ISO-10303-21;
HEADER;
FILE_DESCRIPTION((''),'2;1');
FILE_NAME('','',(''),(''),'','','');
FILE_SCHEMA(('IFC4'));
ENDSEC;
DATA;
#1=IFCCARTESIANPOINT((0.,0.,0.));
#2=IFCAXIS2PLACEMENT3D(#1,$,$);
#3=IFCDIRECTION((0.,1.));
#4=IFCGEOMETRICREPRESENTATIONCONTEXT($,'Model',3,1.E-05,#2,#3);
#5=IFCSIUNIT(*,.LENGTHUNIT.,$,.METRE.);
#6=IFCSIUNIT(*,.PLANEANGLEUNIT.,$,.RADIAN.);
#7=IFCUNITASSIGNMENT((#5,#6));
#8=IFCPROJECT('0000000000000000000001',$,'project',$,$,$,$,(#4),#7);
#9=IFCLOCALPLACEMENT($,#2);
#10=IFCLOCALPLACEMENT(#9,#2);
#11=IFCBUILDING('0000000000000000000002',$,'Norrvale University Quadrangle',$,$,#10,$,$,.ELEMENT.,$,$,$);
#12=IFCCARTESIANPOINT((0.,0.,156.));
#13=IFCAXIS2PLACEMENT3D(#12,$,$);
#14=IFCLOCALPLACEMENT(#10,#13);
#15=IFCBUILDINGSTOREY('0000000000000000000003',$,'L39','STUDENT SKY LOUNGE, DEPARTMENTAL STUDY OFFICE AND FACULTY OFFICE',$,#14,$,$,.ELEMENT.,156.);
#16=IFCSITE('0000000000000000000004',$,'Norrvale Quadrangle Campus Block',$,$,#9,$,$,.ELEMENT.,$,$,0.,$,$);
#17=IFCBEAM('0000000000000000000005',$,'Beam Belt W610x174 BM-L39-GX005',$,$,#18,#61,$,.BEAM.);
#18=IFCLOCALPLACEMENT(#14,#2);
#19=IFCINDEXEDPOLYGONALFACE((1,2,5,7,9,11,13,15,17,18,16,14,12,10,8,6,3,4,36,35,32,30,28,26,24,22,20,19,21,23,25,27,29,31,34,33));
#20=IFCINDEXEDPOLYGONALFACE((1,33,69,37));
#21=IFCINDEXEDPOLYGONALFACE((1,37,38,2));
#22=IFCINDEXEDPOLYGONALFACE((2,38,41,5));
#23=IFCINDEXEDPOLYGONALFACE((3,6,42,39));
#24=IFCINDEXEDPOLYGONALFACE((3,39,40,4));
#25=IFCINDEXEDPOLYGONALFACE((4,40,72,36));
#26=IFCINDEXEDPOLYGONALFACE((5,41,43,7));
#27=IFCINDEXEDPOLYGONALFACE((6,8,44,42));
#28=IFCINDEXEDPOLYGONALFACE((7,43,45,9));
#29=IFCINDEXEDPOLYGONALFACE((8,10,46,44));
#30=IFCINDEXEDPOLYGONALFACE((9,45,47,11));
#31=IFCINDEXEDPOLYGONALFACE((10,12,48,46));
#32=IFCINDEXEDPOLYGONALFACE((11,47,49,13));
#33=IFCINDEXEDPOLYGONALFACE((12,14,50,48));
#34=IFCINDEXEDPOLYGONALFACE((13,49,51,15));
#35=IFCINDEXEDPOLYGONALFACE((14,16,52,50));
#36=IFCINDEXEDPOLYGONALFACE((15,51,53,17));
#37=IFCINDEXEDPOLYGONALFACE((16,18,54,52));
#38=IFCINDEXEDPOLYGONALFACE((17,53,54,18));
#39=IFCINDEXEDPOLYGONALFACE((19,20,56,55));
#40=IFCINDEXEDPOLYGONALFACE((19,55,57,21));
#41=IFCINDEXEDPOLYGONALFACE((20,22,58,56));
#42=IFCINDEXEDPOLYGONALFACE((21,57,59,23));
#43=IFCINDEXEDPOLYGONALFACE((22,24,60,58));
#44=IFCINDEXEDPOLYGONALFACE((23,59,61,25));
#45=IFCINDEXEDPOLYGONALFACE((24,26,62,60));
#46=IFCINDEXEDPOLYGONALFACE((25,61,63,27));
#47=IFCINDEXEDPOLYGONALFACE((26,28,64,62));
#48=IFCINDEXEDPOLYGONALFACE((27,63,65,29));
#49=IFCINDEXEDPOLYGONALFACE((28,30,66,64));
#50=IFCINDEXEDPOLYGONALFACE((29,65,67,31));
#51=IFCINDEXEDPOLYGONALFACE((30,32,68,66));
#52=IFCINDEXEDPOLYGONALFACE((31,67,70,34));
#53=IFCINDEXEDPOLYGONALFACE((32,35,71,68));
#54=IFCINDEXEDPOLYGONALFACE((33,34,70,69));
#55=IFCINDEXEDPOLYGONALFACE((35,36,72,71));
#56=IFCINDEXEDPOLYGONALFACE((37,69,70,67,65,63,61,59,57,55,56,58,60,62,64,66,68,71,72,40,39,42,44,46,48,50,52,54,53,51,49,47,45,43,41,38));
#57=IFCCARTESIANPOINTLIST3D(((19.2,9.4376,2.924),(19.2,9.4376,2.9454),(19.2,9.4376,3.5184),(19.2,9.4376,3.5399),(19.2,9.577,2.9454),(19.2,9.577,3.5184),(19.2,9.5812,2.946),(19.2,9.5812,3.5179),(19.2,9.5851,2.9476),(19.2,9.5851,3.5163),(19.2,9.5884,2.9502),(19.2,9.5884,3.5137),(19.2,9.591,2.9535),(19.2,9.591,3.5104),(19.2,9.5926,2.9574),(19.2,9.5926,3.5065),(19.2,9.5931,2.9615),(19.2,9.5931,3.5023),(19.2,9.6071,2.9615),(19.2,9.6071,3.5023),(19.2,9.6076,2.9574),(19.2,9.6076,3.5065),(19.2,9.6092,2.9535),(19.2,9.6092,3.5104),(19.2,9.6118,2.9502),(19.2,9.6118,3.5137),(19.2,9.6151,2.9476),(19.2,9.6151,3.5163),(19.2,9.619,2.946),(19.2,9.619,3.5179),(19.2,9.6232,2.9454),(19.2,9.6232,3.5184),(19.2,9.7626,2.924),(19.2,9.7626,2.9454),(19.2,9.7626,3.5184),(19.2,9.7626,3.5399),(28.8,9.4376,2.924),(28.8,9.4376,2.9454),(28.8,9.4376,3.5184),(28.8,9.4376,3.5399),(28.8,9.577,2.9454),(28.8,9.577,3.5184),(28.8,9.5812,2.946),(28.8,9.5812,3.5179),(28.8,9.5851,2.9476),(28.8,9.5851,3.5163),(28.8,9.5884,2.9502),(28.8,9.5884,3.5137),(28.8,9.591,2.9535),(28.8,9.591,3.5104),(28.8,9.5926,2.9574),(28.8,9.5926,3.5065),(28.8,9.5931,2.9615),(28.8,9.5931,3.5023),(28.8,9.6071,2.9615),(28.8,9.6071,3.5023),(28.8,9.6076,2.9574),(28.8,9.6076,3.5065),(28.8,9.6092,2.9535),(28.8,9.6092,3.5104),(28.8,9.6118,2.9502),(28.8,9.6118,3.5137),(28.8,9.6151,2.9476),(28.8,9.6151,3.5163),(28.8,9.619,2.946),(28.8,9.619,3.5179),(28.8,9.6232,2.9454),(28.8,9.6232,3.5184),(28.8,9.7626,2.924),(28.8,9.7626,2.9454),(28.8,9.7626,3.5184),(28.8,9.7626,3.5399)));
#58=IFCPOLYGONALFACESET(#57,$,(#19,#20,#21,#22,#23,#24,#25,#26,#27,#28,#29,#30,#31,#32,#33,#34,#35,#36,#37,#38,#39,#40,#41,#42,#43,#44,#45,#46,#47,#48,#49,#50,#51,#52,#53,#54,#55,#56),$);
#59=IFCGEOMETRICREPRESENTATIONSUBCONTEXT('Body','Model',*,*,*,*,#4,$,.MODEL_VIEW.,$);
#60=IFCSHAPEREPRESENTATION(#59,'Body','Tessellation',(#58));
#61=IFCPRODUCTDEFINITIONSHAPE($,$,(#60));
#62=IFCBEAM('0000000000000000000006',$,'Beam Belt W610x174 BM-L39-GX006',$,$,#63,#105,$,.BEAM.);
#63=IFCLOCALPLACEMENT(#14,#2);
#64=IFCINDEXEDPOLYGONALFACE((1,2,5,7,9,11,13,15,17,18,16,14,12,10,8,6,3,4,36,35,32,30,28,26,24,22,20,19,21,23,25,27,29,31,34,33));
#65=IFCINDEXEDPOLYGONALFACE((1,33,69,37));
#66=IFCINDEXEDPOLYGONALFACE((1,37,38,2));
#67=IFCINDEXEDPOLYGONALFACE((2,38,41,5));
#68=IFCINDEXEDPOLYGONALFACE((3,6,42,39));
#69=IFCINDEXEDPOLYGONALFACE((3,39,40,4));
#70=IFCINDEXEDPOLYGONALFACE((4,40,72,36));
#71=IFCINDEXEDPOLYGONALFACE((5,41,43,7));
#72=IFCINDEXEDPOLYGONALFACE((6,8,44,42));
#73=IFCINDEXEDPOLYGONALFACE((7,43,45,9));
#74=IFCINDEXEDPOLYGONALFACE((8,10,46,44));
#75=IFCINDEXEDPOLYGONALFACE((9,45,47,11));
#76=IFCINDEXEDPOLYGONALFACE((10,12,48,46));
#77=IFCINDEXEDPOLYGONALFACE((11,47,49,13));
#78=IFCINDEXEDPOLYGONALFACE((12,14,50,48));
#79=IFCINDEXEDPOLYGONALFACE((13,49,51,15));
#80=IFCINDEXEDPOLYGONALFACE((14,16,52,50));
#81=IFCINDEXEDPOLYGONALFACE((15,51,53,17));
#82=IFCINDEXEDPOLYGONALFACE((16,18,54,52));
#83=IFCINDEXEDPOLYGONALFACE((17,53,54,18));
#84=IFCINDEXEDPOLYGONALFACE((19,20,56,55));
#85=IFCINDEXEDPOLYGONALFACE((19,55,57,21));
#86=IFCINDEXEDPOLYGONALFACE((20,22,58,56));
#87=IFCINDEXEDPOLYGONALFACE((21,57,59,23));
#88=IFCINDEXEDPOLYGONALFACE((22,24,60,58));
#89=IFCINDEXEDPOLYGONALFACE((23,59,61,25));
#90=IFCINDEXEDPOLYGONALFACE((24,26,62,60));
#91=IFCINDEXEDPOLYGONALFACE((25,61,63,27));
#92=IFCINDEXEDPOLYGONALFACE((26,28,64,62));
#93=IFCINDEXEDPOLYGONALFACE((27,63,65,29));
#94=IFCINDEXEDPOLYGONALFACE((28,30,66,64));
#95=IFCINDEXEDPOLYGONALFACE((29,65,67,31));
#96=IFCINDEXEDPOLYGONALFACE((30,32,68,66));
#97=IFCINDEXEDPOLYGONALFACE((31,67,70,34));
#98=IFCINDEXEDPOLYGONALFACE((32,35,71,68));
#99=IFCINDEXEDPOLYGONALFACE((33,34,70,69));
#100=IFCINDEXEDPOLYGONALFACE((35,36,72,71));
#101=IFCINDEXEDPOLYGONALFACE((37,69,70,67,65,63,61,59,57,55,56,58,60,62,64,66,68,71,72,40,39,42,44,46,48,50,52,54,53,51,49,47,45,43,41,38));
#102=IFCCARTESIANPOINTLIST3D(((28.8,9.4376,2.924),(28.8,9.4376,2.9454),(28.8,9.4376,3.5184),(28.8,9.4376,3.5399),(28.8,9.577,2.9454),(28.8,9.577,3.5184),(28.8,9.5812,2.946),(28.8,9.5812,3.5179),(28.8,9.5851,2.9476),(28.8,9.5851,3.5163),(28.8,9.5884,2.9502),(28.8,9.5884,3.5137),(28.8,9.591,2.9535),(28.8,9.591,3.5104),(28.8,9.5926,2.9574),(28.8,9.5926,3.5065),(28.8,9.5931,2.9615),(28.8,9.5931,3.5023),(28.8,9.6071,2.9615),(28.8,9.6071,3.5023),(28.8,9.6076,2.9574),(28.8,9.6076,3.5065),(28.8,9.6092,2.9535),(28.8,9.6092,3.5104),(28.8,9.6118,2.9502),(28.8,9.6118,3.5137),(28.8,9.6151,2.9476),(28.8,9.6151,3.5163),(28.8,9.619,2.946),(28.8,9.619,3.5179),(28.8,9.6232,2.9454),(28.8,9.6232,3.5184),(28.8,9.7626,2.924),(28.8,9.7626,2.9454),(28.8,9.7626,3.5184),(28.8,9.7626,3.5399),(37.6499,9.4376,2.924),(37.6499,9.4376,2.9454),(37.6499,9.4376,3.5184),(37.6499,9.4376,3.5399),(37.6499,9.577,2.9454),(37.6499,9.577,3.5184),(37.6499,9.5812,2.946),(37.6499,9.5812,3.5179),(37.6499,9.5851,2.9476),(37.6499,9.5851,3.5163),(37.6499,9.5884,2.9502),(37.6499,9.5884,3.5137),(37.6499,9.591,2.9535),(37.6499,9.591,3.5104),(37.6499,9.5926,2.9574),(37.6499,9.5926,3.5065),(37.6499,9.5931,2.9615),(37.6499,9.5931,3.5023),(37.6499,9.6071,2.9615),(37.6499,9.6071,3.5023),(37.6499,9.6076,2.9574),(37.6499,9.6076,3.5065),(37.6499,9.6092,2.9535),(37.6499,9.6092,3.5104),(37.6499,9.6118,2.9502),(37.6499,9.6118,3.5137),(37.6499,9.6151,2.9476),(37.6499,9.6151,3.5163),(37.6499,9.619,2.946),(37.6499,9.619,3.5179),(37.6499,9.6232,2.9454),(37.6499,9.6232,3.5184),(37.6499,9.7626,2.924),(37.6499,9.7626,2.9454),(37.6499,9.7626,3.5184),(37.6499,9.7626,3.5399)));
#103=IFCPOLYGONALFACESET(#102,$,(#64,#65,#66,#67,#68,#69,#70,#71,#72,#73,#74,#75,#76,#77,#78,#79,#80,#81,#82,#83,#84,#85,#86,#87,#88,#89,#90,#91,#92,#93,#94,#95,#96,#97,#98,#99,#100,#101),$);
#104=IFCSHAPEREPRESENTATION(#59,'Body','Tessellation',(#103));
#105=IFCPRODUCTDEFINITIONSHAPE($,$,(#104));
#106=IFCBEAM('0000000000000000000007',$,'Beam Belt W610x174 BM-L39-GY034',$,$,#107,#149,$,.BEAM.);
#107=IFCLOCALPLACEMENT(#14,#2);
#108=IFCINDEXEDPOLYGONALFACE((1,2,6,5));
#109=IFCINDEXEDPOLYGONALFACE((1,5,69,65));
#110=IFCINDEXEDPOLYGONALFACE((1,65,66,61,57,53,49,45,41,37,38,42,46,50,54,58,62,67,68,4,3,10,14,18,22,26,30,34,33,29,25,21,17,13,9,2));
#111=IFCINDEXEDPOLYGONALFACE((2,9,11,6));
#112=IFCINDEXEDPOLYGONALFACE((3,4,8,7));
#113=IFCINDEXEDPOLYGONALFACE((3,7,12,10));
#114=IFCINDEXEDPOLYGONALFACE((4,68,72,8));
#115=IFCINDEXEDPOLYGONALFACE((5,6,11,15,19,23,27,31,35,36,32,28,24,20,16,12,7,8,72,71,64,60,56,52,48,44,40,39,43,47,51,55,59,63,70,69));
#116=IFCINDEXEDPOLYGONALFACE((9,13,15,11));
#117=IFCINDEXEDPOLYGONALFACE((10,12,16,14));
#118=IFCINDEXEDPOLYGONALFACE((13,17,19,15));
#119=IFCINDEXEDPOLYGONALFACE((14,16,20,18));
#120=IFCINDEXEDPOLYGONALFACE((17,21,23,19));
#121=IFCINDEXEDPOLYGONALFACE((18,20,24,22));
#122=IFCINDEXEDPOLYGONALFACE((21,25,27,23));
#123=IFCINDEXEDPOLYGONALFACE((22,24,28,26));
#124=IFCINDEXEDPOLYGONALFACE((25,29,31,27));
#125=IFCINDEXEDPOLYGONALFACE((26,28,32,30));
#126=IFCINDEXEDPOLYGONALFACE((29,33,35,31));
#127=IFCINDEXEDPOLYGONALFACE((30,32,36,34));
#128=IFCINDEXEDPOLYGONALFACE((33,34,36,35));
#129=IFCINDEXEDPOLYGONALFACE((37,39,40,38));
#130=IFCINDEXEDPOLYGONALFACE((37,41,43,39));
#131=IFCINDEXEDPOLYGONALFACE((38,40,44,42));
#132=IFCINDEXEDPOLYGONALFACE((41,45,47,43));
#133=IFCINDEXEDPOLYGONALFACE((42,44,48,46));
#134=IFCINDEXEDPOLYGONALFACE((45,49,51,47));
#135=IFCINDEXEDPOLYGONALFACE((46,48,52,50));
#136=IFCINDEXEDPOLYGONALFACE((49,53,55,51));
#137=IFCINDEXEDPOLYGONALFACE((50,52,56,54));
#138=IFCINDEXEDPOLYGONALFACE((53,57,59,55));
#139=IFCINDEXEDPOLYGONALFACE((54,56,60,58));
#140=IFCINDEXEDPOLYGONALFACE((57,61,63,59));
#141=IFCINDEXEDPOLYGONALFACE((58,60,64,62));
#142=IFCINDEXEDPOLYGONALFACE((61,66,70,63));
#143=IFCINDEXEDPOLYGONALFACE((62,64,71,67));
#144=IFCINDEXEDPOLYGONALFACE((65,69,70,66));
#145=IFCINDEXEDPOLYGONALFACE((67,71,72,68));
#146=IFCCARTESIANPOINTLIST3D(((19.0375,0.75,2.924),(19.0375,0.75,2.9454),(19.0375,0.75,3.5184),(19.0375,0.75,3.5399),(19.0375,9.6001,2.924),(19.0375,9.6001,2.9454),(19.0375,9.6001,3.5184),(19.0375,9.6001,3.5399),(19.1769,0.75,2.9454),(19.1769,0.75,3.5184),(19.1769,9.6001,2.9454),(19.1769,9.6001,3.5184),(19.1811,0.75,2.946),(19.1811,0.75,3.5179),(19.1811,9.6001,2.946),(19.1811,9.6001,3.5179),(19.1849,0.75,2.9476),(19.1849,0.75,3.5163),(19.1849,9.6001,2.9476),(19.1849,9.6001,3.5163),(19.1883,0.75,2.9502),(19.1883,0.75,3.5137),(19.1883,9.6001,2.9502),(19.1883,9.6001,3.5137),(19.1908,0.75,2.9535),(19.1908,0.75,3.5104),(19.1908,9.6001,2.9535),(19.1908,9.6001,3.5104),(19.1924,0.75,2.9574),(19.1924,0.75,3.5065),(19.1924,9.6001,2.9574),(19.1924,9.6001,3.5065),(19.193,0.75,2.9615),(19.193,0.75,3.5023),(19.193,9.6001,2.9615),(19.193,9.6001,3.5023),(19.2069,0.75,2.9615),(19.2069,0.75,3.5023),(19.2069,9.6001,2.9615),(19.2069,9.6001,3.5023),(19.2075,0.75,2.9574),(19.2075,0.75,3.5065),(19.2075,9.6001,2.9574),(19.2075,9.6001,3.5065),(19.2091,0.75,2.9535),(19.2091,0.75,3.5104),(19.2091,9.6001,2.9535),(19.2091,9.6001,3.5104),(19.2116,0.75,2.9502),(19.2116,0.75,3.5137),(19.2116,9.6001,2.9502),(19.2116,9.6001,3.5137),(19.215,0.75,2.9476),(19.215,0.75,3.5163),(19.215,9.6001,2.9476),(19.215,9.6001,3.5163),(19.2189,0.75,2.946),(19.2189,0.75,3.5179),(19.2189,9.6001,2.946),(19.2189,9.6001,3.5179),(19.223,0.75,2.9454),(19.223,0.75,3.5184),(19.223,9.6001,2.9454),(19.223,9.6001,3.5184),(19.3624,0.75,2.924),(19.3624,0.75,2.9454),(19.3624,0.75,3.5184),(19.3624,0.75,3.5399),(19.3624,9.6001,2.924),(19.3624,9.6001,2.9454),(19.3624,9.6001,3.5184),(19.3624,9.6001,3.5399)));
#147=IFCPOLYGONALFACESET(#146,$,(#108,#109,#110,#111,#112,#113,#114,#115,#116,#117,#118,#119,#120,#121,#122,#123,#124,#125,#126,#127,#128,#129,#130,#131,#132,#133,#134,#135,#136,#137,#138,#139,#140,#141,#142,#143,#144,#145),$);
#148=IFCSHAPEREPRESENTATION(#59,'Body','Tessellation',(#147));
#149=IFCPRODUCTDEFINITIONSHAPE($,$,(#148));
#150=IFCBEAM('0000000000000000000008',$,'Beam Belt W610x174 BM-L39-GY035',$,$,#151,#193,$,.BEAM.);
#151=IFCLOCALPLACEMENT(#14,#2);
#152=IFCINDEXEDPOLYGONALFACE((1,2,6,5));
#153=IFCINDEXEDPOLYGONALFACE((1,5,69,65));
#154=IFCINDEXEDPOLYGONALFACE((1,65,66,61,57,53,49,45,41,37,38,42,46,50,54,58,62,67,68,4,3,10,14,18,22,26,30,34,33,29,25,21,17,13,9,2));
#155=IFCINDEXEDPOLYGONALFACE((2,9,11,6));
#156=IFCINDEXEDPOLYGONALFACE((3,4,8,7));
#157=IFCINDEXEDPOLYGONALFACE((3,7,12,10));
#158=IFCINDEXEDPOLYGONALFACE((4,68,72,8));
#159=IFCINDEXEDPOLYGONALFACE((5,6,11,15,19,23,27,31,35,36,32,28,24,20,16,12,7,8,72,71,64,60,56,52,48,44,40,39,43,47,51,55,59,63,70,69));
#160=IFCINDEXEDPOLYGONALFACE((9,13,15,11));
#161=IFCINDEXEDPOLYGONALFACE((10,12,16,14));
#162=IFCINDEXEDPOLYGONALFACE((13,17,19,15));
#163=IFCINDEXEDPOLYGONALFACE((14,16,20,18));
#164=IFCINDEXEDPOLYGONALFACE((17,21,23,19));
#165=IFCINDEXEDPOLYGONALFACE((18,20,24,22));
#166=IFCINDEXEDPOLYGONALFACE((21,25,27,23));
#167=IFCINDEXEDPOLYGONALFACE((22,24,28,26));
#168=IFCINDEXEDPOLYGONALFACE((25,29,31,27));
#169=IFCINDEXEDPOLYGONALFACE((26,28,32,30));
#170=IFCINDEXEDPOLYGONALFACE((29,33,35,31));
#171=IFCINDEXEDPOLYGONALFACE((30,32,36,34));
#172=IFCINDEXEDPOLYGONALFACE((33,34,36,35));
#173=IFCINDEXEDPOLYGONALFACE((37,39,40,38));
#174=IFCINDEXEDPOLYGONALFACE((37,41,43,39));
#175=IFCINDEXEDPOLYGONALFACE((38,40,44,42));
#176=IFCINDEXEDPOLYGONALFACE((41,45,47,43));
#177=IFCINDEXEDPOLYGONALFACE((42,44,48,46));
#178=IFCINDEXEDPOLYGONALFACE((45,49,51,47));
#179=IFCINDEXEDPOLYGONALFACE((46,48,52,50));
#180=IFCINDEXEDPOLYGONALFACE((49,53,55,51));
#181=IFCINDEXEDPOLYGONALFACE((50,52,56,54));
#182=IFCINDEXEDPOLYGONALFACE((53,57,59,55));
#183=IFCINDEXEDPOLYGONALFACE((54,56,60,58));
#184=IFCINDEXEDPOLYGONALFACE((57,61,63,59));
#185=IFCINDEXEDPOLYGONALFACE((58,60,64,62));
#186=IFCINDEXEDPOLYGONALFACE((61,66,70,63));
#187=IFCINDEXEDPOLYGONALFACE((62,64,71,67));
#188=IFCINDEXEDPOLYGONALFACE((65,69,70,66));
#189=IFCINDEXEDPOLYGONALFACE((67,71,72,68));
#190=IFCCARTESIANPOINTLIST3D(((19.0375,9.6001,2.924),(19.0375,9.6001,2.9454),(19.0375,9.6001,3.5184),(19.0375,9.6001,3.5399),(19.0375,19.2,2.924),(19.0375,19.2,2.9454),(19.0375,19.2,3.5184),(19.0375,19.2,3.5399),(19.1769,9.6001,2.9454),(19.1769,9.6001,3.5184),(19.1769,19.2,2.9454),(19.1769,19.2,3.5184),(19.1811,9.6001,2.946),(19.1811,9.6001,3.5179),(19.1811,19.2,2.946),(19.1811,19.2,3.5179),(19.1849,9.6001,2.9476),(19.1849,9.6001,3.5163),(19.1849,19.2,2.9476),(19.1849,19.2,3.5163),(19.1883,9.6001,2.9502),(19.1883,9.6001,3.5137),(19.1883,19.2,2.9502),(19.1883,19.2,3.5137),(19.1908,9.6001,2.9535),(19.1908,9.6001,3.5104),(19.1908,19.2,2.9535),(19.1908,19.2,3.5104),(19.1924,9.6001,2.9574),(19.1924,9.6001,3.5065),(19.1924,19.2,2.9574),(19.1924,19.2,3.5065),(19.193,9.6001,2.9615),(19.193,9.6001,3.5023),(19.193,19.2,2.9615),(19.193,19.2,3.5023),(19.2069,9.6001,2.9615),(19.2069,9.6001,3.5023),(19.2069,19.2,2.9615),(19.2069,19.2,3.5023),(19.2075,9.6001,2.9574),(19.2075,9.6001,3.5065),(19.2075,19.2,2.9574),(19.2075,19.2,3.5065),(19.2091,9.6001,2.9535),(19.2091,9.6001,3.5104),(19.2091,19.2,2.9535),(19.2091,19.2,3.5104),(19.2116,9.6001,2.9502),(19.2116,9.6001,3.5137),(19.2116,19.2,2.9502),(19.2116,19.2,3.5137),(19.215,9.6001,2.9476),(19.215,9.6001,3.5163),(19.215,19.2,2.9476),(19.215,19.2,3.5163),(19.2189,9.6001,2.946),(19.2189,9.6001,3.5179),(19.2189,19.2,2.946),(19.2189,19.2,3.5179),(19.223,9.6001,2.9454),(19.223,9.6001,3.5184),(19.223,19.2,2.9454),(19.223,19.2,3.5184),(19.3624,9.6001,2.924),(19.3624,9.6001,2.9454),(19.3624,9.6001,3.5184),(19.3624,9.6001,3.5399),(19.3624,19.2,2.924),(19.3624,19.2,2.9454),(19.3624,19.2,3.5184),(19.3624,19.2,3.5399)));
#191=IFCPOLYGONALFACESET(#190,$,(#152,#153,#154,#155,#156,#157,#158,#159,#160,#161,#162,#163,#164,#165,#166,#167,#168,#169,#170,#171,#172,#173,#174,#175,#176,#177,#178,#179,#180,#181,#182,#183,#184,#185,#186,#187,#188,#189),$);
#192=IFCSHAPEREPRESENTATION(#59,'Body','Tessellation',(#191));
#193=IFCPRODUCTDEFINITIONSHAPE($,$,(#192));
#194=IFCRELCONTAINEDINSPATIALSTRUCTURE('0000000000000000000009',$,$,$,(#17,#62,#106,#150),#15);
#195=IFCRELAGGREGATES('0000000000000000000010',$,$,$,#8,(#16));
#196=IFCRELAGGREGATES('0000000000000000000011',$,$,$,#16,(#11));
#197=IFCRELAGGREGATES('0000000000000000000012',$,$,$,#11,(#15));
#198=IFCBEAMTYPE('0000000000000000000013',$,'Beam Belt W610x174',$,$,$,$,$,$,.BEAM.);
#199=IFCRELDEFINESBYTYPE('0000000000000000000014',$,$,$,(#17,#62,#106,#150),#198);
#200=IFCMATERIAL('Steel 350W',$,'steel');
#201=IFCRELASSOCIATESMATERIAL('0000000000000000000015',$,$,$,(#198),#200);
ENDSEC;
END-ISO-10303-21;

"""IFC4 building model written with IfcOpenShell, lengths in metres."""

from ifc_helpers import new_model, si_unit, direction, frame, origin, origin_2d, place, context, subcontext, project, spatial, i_section, extrude, material, material_profile, profile_set, type_object, element, save


model = new_model("IFC4")

# Units and contexts
model_context = context("Model", 3, precision=1e-05, world=origin(), true_north=direction((0.0, 1.0)))
body_context = subcontext(model_context, "Body", "Model", "MODEL_VIEW")
ifc_project = project(units=[si_unit("LENGTHUNIT", "METRE"), si_unit("PLANEANGLEUNIT", "RADIAN")], contexts=[model_context])

# Site, building, storey
site_placement = place(None, origin())
site = spatial("IfcSite", under=ifc_project, at=site_placement, Name="Norrvale Quadrangle Campus Block", CompositionType="ELEMENT", RefElevation=0.0)
building_placement = place(site_placement, origin())
building = spatial("IfcBuilding", under=site, at=building_placement, Name="Norrvale University Quadrangle", CompositionType="ELEMENT")
storey_placement = place(building_placement, frame((0.0, 0.0, 156.0)))
storey = spatial("IfcBuildingStorey", under=building, at=storey_placement, Name="L39", Description="STUDENT SKY LOUNGE, DEPARTMENTAL STUDY OFFICE AND FACULTY OFFICE", CompositionType="ELEMENT", Elevation=156.0)

# Beams
ifc_material_1 = material(Name="Steel 350W", Category="steel")
ifc_material_profile_1 = material_profile(ifc_material_1, i_section(OverallWidth=0.325, OverallDepth=0.616, WebThickness=0.0139, FlangeThickness=0.0215, FilletRadius=0.0161, at=origin_2d()), Name="Steel 350W")
ifc_profile_set_1 = profile_set([ifc_material_profile_1], Name="Steel 350W")
beam_type_1 = type_object("IfcBeamType", Name="Beam Belt W610x174", PredefinedType="BEAM", material=ifc_profile_set_1)
beam_1_placement = place(storey_placement, frame((19.2, 9.6001, 3.2319), z_axis=(1.0, 0.0, 0.0), x_axis=(0.0, 1.0, 0.0)))
element("IfcBeam", 1, at=beam_1_placement, inside=storey, type_object=beam_type_1, Name="Beam Belt W610x174 BM-L39-GX005", PredefinedType="BEAM", context=body_context, shape_type="SweptSolid", body=[
    extrude(i_section(OverallWidth=0.325, OverallDepth=0.616, WebThickness=0.0139, FlangeThickness=0.0215, FilletRadius=0.0161, at=origin_2d()), origin(), (0.0, 0.0, 1.0), 9.6001),
])
beam_2_placement = place(storey_placement, frame((28.8, 9.6001, 3.2319), z_axis=(1.0, 0.0, 0.0), x_axis=(0.0, 1.0, 0.0)))
element("IfcBeam", 2, at=beam_2_placement, inside=storey, type_object=beam_type_1, Name="Beam Belt W610x174 BM-L39-GX006", PredefinedType="BEAM", context=body_context, shape_type="SweptSolid", body=[
    extrude(i_section(OverallWidth=0.325, OverallDepth=0.616, WebThickness=0.0139, FlangeThickness=0.0215, FilletRadius=0.0161, at=origin_2d()), origin(), (0.0, 0.0, 1.0), 8.8499),
])
beam_3_placement = place(storey_placement, frame((19.2, 0.75, 3.2319), z_axis=(0.0, 1.0, 0.0), x_axis=(-1.0, 0.0, 0.0)))
element("IfcBeam", 3, at=beam_3_placement, inside=storey, type_object=beam_type_1, Name="Beam Belt W610x174 BM-L39-GY034", PredefinedType="BEAM", context=body_context, shape_type="SweptSolid", body=[
    extrude(i_section(OverallWidth=0.325, OverallDepth=0.616, WebThickness=0.0139, FlangeThickness=0.0215, FilletRadius=0.0161, at=origin_2d()), origin(), (0.0, 0.0, 1.0), 8.8501),
])
beam_4_placement = place(storey_placement, frame((19.2, 9.6001, 3.2319), z_axis=(0.0, 1.0, 0.0), x_axis=(-1.0, 0.0, 0.0)))
element("IfcBeam", 4, at=beam_4_placement, inside=storey, type_object=beam_type_1, Name="Beam Belt W610x174 BM-L39-GY035", PredefinedType="BEAM", context=body_context, shape_type="SweptSolid", body=[
    extrude(i_section(OverallWidth=0.325, OverallDepth=0.616, WebThickness=0.0139, FlangeThickness=0.0215, FilletRadius=0.0161, at=origin_2d()), origin(), (0.0, 0.0, 1.0), 9.5999),
])

save(model, "model.ifc")
